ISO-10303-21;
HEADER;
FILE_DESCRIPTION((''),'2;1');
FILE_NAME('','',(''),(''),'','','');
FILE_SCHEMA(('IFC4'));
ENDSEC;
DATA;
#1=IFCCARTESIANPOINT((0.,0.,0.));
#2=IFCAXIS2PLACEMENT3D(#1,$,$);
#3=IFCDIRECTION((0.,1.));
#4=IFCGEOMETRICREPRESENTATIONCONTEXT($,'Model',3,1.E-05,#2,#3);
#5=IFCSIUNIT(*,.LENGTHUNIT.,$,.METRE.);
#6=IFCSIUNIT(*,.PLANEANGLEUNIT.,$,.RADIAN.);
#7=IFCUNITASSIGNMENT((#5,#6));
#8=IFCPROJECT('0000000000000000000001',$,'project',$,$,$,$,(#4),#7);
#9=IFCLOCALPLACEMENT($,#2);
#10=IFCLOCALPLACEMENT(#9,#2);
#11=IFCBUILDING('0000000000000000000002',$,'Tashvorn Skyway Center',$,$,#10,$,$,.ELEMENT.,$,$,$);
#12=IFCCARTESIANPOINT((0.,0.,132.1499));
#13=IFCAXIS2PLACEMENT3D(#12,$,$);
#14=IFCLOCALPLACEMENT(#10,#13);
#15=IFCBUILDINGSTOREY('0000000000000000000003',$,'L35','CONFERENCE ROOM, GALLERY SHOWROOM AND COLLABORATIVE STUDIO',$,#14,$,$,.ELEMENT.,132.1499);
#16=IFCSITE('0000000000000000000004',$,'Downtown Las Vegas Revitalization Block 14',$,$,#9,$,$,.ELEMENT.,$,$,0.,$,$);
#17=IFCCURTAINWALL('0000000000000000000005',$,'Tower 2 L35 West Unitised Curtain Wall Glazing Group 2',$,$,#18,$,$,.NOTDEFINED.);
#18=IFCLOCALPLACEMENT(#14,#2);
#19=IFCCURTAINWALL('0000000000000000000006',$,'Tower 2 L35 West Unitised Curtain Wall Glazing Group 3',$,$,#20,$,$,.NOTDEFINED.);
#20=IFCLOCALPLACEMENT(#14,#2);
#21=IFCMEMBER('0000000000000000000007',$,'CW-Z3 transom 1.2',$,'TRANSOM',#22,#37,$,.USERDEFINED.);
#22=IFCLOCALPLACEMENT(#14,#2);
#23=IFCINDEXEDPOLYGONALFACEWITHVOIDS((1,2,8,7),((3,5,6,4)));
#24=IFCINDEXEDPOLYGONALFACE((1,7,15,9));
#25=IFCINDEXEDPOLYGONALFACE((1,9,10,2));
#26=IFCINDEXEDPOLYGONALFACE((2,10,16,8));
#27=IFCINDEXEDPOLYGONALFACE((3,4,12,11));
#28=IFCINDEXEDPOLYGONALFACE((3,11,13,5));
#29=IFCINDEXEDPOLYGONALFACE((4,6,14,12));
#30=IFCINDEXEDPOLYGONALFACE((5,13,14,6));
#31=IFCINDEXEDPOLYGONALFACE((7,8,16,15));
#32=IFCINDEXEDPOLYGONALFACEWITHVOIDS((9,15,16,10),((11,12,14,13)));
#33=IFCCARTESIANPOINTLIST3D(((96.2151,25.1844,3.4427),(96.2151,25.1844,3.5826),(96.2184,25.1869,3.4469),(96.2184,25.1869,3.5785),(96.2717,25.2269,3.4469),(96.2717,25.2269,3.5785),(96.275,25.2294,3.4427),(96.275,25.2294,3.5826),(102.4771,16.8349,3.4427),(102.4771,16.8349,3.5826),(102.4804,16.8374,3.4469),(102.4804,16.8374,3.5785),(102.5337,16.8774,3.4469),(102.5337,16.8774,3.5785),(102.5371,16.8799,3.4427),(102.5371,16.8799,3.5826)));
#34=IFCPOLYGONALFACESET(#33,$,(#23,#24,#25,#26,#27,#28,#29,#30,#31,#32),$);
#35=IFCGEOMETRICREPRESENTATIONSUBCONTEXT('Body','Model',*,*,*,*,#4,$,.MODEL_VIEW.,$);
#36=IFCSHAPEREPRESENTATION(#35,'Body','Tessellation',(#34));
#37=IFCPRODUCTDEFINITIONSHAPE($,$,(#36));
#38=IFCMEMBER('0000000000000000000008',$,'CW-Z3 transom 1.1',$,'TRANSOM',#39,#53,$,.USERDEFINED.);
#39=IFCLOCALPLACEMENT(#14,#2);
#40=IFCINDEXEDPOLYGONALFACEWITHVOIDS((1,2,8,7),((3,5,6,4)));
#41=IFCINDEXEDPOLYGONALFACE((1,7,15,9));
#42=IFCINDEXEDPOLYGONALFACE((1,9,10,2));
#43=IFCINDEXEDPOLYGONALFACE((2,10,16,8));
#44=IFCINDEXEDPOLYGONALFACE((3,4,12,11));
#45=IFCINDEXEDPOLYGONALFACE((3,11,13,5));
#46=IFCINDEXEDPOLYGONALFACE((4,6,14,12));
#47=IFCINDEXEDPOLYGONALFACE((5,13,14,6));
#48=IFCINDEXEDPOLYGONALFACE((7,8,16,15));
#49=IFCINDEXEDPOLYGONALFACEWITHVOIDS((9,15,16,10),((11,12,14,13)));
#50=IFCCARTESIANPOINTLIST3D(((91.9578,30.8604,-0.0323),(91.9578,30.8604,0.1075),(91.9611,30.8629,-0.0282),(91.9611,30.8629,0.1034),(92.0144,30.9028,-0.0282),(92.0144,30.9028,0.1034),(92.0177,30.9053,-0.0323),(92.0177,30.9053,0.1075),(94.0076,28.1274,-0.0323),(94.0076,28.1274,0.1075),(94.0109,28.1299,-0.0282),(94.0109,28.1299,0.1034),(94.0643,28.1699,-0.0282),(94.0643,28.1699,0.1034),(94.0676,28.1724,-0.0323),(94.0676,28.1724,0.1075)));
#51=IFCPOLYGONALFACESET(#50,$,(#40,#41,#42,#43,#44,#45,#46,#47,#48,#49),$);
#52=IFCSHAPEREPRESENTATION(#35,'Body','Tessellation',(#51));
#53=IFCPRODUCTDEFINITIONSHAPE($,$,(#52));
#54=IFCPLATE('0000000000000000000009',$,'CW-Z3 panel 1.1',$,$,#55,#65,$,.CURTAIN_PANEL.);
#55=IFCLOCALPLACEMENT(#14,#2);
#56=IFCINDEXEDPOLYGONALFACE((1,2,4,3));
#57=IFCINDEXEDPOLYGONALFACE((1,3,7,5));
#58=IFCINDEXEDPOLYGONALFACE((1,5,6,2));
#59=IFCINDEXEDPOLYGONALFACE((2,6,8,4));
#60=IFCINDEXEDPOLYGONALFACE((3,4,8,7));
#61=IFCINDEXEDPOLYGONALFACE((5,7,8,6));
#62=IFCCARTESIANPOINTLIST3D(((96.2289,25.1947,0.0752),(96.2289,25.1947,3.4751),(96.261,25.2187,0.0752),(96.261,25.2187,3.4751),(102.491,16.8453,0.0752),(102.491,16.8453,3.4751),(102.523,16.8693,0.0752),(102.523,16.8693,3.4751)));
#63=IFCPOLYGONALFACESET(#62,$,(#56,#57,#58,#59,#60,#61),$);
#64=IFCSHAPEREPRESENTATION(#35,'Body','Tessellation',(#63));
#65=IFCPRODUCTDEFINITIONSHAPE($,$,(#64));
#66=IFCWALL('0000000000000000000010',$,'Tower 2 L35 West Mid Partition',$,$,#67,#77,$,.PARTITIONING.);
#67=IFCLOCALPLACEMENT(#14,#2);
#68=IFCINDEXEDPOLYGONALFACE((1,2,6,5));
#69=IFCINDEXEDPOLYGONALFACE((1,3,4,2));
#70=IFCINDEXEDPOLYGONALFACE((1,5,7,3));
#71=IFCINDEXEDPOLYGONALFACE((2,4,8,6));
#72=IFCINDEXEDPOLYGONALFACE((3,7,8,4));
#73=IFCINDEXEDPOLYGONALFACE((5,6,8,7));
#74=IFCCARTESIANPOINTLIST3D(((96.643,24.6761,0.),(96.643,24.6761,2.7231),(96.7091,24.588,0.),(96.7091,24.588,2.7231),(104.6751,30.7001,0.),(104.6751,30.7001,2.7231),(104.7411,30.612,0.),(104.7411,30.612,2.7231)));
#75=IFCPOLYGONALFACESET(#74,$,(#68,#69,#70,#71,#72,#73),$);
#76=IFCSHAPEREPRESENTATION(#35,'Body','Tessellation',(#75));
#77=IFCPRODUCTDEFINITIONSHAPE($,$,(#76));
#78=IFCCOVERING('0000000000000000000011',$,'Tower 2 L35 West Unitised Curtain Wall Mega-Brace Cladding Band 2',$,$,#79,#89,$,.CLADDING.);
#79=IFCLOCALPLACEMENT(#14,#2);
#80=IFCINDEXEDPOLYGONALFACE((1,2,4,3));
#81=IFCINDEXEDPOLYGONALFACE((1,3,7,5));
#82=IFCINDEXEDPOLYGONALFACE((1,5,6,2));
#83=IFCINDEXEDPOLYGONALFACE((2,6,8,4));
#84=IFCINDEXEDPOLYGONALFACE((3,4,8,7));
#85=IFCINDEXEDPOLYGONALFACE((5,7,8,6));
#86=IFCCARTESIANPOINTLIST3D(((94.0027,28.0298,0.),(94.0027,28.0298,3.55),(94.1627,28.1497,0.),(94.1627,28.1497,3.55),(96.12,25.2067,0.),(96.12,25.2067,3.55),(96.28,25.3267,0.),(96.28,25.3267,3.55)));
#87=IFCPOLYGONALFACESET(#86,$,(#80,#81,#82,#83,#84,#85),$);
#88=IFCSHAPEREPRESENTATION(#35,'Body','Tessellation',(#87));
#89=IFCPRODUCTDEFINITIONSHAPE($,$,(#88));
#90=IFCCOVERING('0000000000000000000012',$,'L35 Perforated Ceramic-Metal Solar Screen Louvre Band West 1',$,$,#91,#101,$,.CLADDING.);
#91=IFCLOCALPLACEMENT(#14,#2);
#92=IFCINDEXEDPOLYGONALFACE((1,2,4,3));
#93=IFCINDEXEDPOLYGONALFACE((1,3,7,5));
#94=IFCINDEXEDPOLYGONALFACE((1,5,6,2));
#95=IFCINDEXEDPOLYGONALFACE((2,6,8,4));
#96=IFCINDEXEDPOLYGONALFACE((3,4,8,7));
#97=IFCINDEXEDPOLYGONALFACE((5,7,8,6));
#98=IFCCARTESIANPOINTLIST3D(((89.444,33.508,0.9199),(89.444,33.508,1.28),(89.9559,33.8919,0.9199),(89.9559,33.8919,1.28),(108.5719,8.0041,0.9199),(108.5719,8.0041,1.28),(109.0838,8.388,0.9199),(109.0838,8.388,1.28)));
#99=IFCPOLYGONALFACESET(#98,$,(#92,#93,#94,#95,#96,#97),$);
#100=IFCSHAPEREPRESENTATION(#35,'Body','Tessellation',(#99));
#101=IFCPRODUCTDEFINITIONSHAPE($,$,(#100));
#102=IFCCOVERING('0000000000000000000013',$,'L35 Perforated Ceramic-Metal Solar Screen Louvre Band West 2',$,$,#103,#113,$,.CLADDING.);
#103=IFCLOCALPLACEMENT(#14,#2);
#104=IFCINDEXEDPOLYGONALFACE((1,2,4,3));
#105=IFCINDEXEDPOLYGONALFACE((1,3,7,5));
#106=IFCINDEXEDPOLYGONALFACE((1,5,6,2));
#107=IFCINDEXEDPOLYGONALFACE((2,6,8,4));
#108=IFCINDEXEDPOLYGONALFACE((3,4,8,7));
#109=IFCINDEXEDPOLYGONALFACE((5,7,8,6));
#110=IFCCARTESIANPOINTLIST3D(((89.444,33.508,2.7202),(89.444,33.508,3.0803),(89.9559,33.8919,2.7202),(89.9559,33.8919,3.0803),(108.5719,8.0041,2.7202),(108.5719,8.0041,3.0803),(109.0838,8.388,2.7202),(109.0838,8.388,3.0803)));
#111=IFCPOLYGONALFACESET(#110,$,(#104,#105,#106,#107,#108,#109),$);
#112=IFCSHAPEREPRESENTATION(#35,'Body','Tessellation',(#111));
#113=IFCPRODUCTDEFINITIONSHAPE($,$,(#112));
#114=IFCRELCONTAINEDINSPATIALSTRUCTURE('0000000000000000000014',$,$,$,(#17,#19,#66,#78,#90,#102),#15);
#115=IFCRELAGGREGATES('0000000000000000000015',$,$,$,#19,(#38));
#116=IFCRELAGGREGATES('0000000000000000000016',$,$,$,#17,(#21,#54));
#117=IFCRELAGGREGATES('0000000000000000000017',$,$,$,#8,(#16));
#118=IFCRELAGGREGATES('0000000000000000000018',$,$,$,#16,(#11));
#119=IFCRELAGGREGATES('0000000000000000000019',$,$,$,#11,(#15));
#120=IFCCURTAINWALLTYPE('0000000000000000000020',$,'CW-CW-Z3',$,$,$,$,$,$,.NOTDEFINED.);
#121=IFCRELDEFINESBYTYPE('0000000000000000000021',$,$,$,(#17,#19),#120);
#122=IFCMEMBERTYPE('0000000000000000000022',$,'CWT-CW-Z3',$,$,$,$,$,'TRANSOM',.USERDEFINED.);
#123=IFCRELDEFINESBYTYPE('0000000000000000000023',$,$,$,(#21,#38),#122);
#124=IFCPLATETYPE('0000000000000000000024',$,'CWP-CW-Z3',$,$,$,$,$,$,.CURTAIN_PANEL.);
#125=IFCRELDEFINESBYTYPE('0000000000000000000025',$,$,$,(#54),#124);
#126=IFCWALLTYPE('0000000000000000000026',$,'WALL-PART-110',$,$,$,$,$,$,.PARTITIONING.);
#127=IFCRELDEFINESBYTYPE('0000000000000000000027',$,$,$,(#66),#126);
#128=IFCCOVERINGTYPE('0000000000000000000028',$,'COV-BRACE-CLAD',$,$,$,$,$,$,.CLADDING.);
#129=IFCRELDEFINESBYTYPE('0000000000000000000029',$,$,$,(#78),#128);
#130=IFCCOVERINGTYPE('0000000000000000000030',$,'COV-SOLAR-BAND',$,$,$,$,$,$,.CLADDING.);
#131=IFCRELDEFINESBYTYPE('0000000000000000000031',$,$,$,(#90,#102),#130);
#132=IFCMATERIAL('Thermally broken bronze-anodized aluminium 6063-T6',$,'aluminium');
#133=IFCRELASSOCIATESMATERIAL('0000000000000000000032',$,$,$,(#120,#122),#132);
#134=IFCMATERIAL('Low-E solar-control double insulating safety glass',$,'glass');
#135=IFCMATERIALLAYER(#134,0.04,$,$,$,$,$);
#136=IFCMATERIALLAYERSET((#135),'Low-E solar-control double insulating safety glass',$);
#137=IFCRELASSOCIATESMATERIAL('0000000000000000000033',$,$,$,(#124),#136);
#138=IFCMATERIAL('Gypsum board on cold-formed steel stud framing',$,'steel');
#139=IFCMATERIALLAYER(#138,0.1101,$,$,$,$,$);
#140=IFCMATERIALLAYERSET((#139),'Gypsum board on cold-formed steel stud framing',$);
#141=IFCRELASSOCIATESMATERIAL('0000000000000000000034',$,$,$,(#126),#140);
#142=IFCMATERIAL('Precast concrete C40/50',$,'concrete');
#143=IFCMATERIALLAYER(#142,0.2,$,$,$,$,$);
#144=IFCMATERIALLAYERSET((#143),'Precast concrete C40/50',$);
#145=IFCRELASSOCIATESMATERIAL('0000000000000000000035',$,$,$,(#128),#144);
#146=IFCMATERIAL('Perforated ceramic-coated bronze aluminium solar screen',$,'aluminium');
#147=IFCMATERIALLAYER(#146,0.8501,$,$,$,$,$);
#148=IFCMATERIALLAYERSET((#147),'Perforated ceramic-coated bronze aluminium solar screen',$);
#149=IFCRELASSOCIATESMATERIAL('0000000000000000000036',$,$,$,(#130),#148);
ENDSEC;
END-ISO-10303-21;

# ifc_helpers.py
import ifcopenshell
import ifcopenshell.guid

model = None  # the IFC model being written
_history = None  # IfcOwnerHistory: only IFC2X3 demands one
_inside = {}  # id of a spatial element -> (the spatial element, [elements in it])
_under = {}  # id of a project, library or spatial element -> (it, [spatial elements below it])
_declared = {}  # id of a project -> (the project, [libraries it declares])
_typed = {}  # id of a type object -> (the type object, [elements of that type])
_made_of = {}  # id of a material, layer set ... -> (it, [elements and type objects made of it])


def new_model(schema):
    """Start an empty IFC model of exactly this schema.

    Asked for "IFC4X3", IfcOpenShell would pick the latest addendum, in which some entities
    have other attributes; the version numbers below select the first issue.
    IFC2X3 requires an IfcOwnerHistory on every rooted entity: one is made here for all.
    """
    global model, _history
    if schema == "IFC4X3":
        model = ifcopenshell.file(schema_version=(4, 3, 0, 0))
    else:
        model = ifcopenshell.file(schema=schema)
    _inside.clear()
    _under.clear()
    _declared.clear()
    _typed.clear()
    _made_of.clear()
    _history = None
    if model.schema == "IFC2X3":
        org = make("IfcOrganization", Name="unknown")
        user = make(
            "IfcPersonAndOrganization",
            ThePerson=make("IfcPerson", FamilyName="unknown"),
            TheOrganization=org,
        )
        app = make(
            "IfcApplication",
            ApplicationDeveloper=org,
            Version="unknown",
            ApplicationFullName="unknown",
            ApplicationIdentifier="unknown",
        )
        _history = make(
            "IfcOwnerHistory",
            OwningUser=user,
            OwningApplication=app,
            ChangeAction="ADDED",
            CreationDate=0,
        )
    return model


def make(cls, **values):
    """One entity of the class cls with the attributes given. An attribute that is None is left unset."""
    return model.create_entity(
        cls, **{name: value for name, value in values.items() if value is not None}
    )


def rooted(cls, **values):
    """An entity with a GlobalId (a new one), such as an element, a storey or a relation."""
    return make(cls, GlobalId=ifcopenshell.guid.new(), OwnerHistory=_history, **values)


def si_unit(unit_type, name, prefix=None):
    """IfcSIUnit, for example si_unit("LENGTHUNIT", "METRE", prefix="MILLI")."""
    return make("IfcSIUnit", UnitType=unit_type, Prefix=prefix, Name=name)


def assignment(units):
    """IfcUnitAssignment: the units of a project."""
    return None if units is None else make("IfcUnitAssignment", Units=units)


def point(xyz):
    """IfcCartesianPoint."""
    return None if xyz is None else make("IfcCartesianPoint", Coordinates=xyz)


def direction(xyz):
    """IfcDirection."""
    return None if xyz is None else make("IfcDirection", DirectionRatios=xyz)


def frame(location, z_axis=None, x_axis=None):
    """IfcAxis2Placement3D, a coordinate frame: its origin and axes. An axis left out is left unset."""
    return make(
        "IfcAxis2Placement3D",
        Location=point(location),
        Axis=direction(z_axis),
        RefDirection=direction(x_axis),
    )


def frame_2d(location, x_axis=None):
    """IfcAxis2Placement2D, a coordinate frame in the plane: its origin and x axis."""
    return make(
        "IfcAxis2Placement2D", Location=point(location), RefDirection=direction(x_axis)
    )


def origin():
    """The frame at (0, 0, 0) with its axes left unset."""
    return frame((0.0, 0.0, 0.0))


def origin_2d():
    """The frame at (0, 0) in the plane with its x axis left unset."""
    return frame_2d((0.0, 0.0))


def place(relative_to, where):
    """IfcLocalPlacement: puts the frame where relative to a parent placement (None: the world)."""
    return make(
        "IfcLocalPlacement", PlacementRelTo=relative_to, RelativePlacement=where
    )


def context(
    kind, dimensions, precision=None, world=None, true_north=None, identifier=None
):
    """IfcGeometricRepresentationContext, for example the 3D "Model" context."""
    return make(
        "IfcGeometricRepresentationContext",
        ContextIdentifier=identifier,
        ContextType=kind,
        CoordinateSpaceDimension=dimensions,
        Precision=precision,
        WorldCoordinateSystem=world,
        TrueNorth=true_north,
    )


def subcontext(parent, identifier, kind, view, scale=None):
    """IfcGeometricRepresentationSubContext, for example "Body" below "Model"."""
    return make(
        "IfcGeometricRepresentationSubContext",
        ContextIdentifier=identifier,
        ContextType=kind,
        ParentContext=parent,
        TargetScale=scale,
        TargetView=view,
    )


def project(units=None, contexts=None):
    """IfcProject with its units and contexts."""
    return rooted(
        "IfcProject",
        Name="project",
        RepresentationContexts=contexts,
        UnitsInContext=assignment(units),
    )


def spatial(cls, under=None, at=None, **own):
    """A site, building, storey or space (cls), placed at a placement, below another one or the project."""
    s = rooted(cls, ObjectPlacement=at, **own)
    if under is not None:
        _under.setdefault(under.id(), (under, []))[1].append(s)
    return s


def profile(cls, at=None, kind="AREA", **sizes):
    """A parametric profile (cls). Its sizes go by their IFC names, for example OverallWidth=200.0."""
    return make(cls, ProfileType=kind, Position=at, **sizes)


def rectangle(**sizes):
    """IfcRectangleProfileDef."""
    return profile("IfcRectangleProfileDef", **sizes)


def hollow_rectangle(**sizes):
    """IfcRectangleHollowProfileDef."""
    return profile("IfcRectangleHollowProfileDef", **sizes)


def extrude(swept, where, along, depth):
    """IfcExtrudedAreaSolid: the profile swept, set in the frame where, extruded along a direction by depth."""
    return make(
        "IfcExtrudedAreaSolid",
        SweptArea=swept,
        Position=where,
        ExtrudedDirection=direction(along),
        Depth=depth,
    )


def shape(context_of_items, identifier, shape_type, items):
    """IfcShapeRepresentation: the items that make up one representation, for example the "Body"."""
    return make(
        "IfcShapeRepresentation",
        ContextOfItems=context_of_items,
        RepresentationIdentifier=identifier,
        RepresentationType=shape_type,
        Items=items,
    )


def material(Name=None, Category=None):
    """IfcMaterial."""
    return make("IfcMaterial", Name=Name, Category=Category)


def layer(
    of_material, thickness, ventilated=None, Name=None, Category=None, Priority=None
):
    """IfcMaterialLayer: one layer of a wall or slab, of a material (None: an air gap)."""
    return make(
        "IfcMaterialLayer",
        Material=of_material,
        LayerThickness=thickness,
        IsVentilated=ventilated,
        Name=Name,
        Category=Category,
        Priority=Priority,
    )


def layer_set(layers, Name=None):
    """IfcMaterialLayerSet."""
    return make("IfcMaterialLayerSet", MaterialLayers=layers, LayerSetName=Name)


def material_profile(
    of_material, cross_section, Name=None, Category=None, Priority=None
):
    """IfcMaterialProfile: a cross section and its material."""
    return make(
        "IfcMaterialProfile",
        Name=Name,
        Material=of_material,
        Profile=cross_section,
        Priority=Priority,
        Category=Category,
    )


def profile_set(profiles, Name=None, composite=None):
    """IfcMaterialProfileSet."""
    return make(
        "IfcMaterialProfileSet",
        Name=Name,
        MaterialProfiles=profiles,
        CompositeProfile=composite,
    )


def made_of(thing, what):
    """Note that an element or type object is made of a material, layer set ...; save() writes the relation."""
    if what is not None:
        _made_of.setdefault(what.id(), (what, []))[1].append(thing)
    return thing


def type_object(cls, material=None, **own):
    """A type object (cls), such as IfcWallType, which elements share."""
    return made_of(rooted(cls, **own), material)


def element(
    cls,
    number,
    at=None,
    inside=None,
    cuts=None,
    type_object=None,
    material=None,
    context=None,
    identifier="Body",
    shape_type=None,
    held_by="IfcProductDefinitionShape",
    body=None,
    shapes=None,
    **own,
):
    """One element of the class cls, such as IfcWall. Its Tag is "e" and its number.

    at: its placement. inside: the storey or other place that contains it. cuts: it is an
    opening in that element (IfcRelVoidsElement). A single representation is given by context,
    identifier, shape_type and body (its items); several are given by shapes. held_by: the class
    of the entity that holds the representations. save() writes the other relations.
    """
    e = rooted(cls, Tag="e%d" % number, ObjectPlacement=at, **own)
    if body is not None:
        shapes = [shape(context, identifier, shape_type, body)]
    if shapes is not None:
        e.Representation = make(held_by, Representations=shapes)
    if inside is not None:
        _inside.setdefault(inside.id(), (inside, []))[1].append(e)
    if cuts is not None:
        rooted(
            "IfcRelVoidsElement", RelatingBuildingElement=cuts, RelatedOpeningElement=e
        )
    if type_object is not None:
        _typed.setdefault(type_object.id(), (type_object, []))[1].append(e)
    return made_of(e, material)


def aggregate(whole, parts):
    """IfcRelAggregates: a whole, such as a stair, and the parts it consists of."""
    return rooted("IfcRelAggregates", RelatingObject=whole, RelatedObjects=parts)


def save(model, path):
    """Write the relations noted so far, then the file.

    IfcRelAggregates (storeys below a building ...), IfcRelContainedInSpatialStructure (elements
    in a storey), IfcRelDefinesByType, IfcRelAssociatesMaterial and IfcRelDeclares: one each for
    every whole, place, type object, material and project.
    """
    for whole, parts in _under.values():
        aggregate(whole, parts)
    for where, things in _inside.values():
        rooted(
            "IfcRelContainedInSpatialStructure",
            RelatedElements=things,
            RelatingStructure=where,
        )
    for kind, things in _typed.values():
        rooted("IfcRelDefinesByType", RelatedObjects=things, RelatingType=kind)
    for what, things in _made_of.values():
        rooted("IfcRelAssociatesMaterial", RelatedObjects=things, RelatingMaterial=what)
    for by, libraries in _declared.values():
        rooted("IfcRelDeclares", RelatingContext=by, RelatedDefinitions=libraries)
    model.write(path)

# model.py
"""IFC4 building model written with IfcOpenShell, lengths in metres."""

from ifc_helpers import new_model, si_unit, direction, frame, frame_2d, origin, origin_2d, place, context, subcontext, project, spatial, rectangle, hollow_rectangle, extrude, material, layer, layer_set, material_profile, profile_set, type_object, element, aggregate, save


model = new_model("IFC4")

# Units and contexts
model_context = context("Model", 3, precision=1e-05, world=origin(), true_north=direction((0.0, 1.0)))
body_context = subcontext(model_context, "Body", "Model", "MODEL_VIEW")
ifc_project = project(units=[si_unit("LENGTHUNIT", "METRE"), si_unit("PLANEANGLEUNIT", "RADIAN")], contexts=[model_context])

# Site, building, storey
site_placement = place(None, origin())
site = spatial("IfcSite", under=ifc_project, at=site_placement, Name="Downtown Las Vegas Revitalization Block 14", CompositionType="ELEMENT", RefElevation=0.0)
building_placement = place(site_placement, origin())
building = spatial("IfcBuilding", under=site, at=building_placement, Name="Tashvorn Skyway Center", CompositionType="ELEMENT")
storey_placement = place(building_placement, frame((0.0, 0.0, 132.1499)))
storey = spatial("IfcBuildingStorey", under=building, at=storey_placement, Name="L35", Description="CONFERENCE ROOM, GALLERY SHOWROOM AND COLLABORATIVE STUDIO", CompositionType="ELEMENT", Elevation=132.1499)

# Curtain wall
ifc_material_1 = material(Name="Thermally broken bronze-anodized aluminium 6063-T6", Category="aluminium")
curtain_wall_type = type_object("IfcCurtainWallType", Name="CW-CW-Z3", PredefinedType="NOTDEFINED", material=ifc_material_1)
curtain_wall_1_placement = place(storey_placement, origin())
curtain_wall_1 = element("IfcCurtainWall", 1, at=curtain_wall_1_placement, inside=storey, type_object=curtain_wall_type, Name="Tower 2 L35 West Unitised Curtain Wall Glazing Group 2", PredefinedType="NOTDEFINED")

# Curtain wall
curtain_wall_2_placement = place(storey_placement, origin())
curtain_wall_2 = element("IfcCurtainWall", 2, at=curtain_wall_2_placement, inside=storey, type_object=curtain_wall_type, Name="Tower 2 L35 West Unitised Curtain Wall Glazing Group 3", PredefinedType="NOTDEFINED")

# Members
ifc_material_profile_1 = material_profile(ifc_material_1, hollow_rectangle(XDim=0.075, YDim=0.1399, WallThickness=0.0042, at=origin_2d()), Name="ALU-TRAN-75x140")
ifc_profile_set_1 = profile_set([ifc_material_profile_1], Name="Thermally broken bronze-anodized aluminium 6063-T6")
member_type_1 = type_object("IfcMemberType", Name="CWT-CW-Z3", ElementType="TRANSOM", PredefinedType="USERDEFINED", material=ifc_profile_set_1)
member_1_placement = place(storey_placement, frame((102.5071, 16.8574, 3.5127), z_axis=(-0.599996, 0.800003, 0.0), x_axis=(-0.800003, -0.599996, 0.0)))
member_1 = element("IfcMember", 3, at=member_1_placement, type_object=member_type_1, Name="CW-Z3 transom 1.2", ObjectType="TRANSOM", PredefinedType="USERDEFINED", context=body_context, shape_type="SweptSolid", body=[
    extrude(hollow_rectangle(XDim=0.075, YDim=0.1399, WallThickness=0.0042, at=origin_2d()), origin(), (0.0, 0.0, 1.0), 10.4368),
])
member_2_placement = place(storey_placement, frame((94.0376, 28.1499, 0.0376), z_axis=(-0.600023, 0.799983, 0.0), x_axis=(-0.799983, -0.600023, 0.0)))
member_2 = element("IfcMember", 4, at=member_2_placement, type_object=member_type_1, Name="CW-Z3 transom 1.1", ObjectType="TRANSOM", PredefinedType="USERDEFINED", context=body_context, shape_type="SweptSolid", body=[
    extrude(hollow_rectangle(XDim=0.075, YDim=0.1399, WallThickness=0.0042, at=origin_2d()), origin(), (0.0, 0.0, 1.0), 3.4163),
])
aggregate(curtain_wall_2, [member_2])

# Plate
ifc_material_2 = material(Name="Low-E solar-control double insulating safety glass", Category="glass")
ifc_layer_1 = layer(ifc_material_2, 0.04)
ifc_layer_set_1 = layer_set([ifc_layer_1], Name="Low-E solar-control double insulating safety glass")
plate_type = type_object("IfcPlateType", Name="CWP-CW-Z3", PredefinedType="CURTAIN_PANEL", material=ifc_layer_set_1)
plate_placement = place(storey_placement, frame((99.376, 21.032, 0.0752), z_axis=(0.0, 0.0, 1.0), x_axis=(-0.599997, 0.800002, 0.0)))
plate = element("IfcPlate", 5, at=plate_placement, type_object=plate_type, Name="CW-Z3 panel 1.1", PredefinedType="CURTAIN_PANEL", context=body_context, shape_type="SweptSolid", body=[
    extrude(rectangle(XDim=10.4368, YDim=0.04, at=origin_2d()), origin(), (0.0, 0.0, 1.0), 3.3999),
])
aggregate(curtain_wall_1, [member_1, plate])

# Wall
ifc_material_3 = material(Name="Gypsum board on cold-formed steel stud framing", Category="steel")
ifc_layer_2 = layer(ifc_material_3, 0.1101)
ifc_layer_set_2 = layer_set([ifc_layer_2], Name="Gypsum board on cold-formed steel stud framing")
wall_type = type_object("IfcWallType", Name="WALL-PART-110", PredefinedType="PARTITIONING", material=ifc_layer_set_2)
wall_placement = place(storey_placement, frame((96.676, 24.6321, 0.0), z_axis=(0.0, 0.0, 1.0), x_axis=(0.800003, 0.599996, 0.0)))
element("IfcWall", 6, at=wall_placement, inside=storey, type_object=wall_type, Name="Tower 2 L35 West Mid Partition", PredefinedType="PARTITIONING", context=body_context, shape_type="SweptSolid", body=[
    extrude(rectangle(XDim=10.04, YDim=0.1101, at=frame_2d((5.02, 0.0))), origin(), (0.0, 0.0, 1.0), 2.7231),
])

# Coverings
ifc_material_4 = material(Name="Precast concrete C40/50", Category="concrete")
ifc_layer_3 = layer(ifc_material_4, 0.2)
ifc_layer_set_3 = layer_set([ifc_layer_3], Name="Precast concrete C40/50")
covering_type_1 = type_object("IfcCoveringType", Name="COV-BRACE-CLAD", PredefinedType="CLADDING", material=ifc_layer_set_3)
covering_placement = place(storey_placement, frame((95.1414, 26.6782, 0.0), z_axis=(0.0, 0.0, 1.0), x_axis=(-0.6, 0.8, 0.0)))
element("IfcCovering", 7, at=covering_placement, inside=storey, type_object=covering_type_1, Name="Tower 2 L35 West Unitised Curtain Wall Mega-Brace Cladding Band 2", PredefinedType="CLADDING", context=body_context, shape_type="SweptSolid", body=[
    extrude(rectangle(XDim=3.5288, YDim=0.2, at=origin_2d()), origin(), (0.0, 0.0, 1.0), 3.55),
])
ifc_material_5 = material(Name="Perforated ceramic-coated bronze aluminium solar screen", Category="aluminium")
ifc_layer_4 = layer(ifc_material_5, 0.8501)
ifc_layer_set_4 = layer_set([ifc_layer_4], Name="Perforated ceramic-coated bronze aluminium solar screen")
covering_type_2 = type_object("IfcCoveringType", Name="COV-SOLAR-BAND", PredefinedType="CLADDING", material=ifc_layer_set_4)
for number, where, z_axis, x_axis, name in (
    (8, (99.2639, 20.948, 0.9199), (0.0, 0.0, 1.0), (-0.6, 0.8, 0.0), "L35 Perforated Ceramic-Metal Solar Screen Louvre Band West 1"),
    (9, (99.2639, 20.948, 2.7202), (0.0, 0.0, 1.0), (-0.6, 0.8, 0.0), "L35 Perforated Ceramic-Metal Solar Screen Louvre Band West 2"),
):
    element("IfcCovering", number, at=place(storey_placement, frame(where, z_axis=z_axis, x_axis=x_axis)), inside=storey, type_object=covering_type_2, Name=name, PredefinedType="CLADDING", context=body_context, shape_type="SweptSolid", body=[
        extrude(rectangle(XDim=31.8799, YDim=0.6399, at=origin_2d()), origin(), (0.0, 0.0, 1.0), 0.3601),
    ])

save(model, "model.ifc")
